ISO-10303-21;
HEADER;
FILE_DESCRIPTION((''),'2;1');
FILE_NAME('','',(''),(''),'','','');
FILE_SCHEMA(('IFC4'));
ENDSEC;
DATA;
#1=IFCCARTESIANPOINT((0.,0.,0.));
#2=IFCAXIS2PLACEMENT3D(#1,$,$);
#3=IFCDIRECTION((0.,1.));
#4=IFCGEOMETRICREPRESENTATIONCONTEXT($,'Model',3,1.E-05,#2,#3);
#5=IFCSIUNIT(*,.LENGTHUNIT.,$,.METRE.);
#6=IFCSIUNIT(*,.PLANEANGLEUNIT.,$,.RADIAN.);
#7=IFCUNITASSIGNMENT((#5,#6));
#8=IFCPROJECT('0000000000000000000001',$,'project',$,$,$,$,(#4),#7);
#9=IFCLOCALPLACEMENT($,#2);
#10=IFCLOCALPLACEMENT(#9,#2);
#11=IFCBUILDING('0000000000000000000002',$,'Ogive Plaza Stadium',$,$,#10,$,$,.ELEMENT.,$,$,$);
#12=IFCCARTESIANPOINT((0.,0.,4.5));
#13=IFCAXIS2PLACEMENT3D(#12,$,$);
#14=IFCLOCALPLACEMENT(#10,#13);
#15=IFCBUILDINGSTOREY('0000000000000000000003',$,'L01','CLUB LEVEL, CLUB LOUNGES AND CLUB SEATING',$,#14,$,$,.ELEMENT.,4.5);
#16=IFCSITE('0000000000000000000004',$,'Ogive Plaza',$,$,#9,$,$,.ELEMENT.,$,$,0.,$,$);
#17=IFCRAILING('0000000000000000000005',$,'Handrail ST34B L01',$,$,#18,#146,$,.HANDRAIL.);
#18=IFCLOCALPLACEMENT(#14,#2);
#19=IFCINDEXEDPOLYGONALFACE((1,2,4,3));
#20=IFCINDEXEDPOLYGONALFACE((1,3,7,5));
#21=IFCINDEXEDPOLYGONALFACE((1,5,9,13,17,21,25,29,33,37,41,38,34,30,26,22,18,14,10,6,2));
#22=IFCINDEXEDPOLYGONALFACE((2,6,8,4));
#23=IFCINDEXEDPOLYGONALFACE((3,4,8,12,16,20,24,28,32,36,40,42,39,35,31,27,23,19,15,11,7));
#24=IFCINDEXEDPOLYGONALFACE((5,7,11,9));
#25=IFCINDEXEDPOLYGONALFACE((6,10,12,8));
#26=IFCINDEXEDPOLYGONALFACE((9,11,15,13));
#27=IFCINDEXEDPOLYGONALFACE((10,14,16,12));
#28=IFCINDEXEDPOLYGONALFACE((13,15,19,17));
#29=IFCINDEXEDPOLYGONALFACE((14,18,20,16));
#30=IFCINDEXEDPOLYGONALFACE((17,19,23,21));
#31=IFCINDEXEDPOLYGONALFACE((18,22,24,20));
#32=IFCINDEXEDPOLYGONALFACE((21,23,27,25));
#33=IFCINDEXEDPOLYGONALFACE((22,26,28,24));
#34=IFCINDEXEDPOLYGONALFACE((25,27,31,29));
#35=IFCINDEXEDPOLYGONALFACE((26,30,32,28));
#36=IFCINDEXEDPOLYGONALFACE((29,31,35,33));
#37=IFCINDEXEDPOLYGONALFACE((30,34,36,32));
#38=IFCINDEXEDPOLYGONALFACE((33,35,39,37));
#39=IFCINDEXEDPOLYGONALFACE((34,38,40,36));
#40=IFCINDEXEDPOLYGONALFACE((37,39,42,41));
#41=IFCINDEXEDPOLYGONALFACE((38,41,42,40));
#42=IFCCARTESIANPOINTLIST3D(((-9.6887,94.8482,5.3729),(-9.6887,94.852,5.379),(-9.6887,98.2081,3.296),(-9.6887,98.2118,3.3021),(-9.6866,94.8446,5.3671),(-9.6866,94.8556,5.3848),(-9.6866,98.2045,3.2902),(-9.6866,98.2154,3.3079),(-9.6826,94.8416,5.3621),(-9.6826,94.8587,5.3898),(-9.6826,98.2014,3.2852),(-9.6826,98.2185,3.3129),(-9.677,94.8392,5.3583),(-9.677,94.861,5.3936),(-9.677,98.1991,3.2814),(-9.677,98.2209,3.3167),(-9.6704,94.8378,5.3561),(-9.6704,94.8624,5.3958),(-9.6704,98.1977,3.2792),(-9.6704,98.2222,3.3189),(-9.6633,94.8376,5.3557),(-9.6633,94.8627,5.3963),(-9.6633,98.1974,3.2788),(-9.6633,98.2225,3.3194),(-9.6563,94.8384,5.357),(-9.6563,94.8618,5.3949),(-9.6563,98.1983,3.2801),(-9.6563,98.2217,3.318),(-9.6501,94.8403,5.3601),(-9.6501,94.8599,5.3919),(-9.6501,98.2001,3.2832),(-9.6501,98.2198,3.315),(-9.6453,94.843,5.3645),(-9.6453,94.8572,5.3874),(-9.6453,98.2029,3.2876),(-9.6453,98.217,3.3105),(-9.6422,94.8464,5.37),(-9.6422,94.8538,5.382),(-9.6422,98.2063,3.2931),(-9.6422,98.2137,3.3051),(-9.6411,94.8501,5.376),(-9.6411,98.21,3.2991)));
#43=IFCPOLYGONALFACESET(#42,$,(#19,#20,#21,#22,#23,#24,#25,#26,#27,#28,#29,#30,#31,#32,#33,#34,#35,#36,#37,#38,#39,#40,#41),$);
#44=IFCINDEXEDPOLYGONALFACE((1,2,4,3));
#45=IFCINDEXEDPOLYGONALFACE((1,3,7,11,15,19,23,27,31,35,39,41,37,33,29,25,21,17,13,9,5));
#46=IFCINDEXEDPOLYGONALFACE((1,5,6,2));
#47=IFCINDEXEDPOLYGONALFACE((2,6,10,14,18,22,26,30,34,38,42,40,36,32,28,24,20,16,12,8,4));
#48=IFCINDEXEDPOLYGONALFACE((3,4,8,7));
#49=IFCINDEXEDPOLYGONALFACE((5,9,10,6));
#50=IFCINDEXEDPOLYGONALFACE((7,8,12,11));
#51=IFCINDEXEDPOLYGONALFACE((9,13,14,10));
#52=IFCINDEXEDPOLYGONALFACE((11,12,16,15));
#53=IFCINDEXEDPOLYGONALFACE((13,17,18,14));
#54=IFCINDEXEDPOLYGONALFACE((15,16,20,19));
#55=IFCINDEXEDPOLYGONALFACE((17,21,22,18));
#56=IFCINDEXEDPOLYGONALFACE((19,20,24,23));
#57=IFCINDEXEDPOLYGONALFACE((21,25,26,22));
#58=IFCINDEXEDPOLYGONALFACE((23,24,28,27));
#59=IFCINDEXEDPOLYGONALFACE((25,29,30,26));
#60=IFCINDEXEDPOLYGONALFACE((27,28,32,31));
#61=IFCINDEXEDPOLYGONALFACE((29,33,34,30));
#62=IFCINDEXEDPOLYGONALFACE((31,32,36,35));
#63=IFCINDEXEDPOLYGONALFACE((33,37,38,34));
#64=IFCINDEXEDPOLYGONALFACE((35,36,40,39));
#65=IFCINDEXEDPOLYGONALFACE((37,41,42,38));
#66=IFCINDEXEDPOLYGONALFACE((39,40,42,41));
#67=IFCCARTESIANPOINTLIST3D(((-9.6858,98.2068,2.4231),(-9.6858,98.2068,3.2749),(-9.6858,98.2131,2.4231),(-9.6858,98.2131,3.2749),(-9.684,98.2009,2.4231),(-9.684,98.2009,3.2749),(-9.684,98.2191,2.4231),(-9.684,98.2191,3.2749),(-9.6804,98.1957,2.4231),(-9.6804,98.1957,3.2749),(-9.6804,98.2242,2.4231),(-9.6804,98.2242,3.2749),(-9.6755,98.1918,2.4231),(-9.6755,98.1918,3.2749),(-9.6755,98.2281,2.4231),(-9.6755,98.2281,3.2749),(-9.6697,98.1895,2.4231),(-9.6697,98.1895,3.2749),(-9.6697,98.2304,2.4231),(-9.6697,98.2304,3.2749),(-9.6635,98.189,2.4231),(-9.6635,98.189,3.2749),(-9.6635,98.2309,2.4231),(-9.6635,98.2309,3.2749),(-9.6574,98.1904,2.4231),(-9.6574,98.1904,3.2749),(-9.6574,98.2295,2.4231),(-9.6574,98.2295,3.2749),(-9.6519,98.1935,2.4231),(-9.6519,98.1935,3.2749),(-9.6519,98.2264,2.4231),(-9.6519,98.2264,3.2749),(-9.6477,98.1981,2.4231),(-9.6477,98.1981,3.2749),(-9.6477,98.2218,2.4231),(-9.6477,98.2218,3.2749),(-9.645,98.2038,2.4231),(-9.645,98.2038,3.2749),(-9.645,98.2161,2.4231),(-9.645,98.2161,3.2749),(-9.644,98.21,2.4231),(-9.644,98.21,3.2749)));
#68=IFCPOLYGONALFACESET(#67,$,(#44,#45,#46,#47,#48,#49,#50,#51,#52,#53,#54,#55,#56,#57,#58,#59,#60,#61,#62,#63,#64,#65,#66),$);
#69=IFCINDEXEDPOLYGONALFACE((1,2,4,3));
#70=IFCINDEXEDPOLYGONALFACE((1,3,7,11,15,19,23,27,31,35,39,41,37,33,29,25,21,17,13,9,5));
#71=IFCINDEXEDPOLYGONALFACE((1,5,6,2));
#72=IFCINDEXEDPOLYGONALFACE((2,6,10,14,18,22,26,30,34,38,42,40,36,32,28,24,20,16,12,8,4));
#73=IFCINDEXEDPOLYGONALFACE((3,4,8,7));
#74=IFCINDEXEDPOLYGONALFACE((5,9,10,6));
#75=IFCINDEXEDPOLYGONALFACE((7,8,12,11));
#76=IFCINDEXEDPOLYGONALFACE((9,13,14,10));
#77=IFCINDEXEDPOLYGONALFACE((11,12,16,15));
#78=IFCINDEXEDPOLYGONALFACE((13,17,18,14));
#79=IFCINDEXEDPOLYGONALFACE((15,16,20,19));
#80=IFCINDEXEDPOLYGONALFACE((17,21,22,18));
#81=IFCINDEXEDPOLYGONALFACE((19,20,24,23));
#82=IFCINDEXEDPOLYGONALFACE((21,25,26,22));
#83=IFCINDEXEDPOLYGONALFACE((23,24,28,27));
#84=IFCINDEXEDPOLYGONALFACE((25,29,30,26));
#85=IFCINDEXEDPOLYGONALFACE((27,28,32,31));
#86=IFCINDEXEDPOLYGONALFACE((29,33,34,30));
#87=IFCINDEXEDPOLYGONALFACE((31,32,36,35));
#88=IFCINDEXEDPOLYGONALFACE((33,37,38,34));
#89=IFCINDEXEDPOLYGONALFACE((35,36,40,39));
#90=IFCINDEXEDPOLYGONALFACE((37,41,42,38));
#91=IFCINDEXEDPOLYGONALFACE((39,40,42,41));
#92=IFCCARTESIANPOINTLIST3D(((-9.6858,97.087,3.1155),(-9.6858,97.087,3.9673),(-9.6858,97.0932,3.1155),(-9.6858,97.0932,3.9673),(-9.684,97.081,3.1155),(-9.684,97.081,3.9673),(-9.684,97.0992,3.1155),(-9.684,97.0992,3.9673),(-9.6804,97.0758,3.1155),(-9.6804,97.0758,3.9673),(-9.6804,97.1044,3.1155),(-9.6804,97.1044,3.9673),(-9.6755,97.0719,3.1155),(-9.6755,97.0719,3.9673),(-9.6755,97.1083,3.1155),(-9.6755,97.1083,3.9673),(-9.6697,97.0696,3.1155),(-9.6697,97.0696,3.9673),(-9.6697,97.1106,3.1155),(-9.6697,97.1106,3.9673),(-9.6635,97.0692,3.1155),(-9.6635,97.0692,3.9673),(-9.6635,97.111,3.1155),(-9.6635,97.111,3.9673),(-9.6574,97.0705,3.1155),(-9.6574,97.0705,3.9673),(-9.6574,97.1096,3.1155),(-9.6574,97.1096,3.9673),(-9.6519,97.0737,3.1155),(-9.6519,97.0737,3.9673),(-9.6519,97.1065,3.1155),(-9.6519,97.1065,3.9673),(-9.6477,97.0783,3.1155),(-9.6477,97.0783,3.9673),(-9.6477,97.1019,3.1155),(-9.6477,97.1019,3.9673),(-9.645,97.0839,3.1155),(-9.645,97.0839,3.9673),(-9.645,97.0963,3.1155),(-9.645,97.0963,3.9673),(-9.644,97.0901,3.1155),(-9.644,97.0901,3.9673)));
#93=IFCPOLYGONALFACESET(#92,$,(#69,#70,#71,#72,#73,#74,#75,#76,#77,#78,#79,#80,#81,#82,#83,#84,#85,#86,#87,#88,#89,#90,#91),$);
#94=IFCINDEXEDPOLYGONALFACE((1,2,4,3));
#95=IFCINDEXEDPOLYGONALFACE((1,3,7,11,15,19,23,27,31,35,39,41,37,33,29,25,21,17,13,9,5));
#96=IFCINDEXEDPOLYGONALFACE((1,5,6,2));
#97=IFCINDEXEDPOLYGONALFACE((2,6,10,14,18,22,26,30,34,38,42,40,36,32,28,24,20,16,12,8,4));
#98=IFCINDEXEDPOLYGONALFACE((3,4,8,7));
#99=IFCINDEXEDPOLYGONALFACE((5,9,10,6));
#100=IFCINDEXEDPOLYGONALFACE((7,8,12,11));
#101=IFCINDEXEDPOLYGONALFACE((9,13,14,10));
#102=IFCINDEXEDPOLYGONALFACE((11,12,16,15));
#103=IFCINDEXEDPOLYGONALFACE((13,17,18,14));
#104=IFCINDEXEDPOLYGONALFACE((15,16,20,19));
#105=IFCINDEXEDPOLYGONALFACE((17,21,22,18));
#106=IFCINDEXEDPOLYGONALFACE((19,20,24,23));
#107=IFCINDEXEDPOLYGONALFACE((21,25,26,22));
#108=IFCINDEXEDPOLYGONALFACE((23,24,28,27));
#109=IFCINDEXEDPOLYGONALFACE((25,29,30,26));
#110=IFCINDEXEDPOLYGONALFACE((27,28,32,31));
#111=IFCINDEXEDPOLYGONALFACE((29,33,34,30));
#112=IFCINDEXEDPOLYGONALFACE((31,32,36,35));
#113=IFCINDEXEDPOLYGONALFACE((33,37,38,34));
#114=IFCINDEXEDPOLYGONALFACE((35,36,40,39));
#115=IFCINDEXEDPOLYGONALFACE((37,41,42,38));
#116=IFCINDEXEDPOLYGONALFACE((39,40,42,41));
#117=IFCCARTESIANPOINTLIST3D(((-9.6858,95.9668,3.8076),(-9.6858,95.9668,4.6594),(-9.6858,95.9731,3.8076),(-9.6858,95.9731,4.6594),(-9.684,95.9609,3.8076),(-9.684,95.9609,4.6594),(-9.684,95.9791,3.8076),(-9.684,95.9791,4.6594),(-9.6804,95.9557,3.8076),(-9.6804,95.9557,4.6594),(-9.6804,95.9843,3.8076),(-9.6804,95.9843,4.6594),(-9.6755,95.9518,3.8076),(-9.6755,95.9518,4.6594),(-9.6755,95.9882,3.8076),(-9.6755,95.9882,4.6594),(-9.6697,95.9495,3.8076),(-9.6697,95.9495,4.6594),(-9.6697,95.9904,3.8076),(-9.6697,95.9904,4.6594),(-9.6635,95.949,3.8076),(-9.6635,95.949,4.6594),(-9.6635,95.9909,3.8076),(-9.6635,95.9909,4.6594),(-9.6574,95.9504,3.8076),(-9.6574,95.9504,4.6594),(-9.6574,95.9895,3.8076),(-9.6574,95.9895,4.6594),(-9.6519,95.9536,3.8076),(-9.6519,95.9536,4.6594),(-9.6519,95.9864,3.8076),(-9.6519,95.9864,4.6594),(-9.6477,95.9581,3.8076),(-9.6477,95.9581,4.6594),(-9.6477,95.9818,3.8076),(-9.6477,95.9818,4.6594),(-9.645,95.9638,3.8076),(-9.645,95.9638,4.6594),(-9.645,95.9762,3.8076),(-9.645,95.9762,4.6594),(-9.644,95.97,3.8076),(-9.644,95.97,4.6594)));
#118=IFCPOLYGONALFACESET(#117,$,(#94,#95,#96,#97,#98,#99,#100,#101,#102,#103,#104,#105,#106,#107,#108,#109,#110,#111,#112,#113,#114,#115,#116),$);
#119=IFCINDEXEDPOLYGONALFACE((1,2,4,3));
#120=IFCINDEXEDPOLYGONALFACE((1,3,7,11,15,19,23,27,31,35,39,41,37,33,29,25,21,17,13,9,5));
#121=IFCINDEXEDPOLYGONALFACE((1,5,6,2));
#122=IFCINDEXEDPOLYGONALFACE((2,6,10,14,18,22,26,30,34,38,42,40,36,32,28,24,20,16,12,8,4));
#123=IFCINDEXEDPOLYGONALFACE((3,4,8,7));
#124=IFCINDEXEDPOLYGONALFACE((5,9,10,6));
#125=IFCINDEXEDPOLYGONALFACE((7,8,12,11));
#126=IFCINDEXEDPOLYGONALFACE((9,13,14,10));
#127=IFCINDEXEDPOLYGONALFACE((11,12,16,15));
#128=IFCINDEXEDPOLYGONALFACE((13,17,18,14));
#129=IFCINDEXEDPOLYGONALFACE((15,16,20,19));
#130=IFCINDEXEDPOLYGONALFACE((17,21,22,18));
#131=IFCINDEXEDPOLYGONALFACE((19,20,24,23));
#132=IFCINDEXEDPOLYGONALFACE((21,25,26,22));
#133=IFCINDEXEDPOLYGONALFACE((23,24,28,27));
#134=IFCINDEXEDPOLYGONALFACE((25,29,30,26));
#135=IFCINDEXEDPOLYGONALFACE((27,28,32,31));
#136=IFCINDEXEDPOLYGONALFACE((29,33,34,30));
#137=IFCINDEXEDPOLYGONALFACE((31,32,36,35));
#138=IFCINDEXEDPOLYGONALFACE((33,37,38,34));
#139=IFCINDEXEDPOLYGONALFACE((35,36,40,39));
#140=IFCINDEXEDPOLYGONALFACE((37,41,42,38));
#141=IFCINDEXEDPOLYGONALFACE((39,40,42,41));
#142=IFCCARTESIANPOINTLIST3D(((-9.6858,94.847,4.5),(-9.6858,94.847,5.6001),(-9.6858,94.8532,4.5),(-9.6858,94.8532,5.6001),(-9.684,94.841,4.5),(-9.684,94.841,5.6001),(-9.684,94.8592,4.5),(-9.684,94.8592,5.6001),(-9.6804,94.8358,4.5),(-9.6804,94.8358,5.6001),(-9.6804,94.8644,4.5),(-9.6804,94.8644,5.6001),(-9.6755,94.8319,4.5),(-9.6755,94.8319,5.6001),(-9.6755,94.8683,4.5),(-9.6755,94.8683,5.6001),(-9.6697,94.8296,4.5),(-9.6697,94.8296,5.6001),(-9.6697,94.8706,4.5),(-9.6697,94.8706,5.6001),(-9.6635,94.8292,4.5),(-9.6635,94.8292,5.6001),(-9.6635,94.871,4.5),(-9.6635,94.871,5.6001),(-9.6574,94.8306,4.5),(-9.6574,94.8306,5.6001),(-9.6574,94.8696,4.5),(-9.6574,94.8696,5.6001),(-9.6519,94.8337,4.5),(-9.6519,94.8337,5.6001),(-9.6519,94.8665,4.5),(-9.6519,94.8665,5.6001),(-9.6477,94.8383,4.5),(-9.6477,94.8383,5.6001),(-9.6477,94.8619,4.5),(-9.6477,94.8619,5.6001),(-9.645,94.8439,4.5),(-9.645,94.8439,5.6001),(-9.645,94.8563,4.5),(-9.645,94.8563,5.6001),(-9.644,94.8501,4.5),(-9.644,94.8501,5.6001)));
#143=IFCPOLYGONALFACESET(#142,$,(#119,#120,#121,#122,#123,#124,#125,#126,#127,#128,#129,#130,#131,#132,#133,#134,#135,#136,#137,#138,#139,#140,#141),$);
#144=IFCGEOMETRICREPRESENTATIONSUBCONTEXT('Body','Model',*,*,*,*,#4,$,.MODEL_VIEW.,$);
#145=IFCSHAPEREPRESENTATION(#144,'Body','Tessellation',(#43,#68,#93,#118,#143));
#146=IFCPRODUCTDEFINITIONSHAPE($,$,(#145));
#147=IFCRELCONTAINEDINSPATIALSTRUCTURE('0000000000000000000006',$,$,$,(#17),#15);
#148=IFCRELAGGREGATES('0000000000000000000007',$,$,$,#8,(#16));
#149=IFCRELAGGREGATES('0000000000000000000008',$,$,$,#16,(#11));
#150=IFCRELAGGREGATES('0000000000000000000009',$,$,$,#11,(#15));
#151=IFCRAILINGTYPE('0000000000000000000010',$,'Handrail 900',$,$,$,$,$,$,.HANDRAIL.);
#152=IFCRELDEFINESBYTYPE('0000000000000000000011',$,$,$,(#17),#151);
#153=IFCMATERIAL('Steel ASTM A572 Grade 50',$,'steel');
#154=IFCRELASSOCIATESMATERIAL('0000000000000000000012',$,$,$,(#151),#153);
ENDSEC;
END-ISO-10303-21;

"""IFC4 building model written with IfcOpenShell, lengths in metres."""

from ifc_helpers import new_model, si_unit, direction, frame, origin, origin_2d, place, context, subcontext, project, spatial, circle, extrude, material, type_object, element, save


model = new_model("IFC4")

# Units and contexts
model_context = context("Model", 3, precision=1e-05, world=origin(), true_north=direction((0.0, 1.0)))
body_context = subcontext(model_context, "Body", "Model", "MODEL_VIEW")
ifc_project = project(units=[si_unit("LENGTHUNIT", "METRE"), si_unit("PLANEANGLEUNIT", "RADIAN")], contexts=[model_context])

# Site, building, storey
site_placement = place(None, origin())
site = spatial("IfcSite", under=ifc_project, at=site_placement, Name="Ogive Plaza", CompositionType="ELEMENT", RefElevation=0.0)
building_placement = place(site_placement, origin())
building = spatial("IfcBuilding", under=site, at=building_placement, Name="Ogive Plaza Stadium", CompositionType="ELEMENT")
storey_placement = place(building_placement, frame((0.0, 0.0, 4.5)))
storey = spatial("IfcBuildingStorey", under=building, at=storey_placement, Name="L01", Description="CLUB LEVEL, CLUB LOUNGES AND CLUB SEATING", CompositionType="ELEMENT", Elevation=4.5)

# Railing
ifc_material_1 = material(Name="Steel ASTM A572 Grade 50", Category="steel")
railing_type_1 = type_object("IfcRailingType", Name="Handrail 900", PredefinedType="HANDRAIL", material=ifc_material_1)
for number, where, name in (
    (1, (-9.665, 98.21, 2.4231), "Handrail ST34B L01"),
):
    element("IfcRailing", number, at=place(storey_placement, frame(where)), inside=storey, type_object=railing_type_1, Name=name, PredefinedType="HANDRAIL", context=body_context, shape_type="SweptSolid", body=[
        extrude(circle(Radius=0.0239, at=origin_2d()), frame((0.0, 0.0, 0.876), z_axis=(0.0, -0.850606, 0.525803), x_axis=(1.0, 0.0, 0.0)), (0.0, 0.0, 1.0), 3.95),
        extrude(circle(Radius=0.021, at=origin_2d()), origin(), (0.0, 0.0, 1.0), 0.8518),
        extrude(circle(Radius=0.021, at=origin_2d()), frame((0.0, -1.1199, 0.6924)), (0.0, 0.0, 1.0), 0.8518),
        extrude(circle(Radius=0.021, at=origin_2d()), frame((0.0, -2.24, 1.3845)), (0.0, 0.0, 1.0), 0.8518),
        extrude(circle(Radius=0.021, at=origin_2d()), frame((0.0, -3.3599, 2.0769)), (0.0, 0.0, 1.0), 1.1001),
    ])

save(model, "model.ifc")
